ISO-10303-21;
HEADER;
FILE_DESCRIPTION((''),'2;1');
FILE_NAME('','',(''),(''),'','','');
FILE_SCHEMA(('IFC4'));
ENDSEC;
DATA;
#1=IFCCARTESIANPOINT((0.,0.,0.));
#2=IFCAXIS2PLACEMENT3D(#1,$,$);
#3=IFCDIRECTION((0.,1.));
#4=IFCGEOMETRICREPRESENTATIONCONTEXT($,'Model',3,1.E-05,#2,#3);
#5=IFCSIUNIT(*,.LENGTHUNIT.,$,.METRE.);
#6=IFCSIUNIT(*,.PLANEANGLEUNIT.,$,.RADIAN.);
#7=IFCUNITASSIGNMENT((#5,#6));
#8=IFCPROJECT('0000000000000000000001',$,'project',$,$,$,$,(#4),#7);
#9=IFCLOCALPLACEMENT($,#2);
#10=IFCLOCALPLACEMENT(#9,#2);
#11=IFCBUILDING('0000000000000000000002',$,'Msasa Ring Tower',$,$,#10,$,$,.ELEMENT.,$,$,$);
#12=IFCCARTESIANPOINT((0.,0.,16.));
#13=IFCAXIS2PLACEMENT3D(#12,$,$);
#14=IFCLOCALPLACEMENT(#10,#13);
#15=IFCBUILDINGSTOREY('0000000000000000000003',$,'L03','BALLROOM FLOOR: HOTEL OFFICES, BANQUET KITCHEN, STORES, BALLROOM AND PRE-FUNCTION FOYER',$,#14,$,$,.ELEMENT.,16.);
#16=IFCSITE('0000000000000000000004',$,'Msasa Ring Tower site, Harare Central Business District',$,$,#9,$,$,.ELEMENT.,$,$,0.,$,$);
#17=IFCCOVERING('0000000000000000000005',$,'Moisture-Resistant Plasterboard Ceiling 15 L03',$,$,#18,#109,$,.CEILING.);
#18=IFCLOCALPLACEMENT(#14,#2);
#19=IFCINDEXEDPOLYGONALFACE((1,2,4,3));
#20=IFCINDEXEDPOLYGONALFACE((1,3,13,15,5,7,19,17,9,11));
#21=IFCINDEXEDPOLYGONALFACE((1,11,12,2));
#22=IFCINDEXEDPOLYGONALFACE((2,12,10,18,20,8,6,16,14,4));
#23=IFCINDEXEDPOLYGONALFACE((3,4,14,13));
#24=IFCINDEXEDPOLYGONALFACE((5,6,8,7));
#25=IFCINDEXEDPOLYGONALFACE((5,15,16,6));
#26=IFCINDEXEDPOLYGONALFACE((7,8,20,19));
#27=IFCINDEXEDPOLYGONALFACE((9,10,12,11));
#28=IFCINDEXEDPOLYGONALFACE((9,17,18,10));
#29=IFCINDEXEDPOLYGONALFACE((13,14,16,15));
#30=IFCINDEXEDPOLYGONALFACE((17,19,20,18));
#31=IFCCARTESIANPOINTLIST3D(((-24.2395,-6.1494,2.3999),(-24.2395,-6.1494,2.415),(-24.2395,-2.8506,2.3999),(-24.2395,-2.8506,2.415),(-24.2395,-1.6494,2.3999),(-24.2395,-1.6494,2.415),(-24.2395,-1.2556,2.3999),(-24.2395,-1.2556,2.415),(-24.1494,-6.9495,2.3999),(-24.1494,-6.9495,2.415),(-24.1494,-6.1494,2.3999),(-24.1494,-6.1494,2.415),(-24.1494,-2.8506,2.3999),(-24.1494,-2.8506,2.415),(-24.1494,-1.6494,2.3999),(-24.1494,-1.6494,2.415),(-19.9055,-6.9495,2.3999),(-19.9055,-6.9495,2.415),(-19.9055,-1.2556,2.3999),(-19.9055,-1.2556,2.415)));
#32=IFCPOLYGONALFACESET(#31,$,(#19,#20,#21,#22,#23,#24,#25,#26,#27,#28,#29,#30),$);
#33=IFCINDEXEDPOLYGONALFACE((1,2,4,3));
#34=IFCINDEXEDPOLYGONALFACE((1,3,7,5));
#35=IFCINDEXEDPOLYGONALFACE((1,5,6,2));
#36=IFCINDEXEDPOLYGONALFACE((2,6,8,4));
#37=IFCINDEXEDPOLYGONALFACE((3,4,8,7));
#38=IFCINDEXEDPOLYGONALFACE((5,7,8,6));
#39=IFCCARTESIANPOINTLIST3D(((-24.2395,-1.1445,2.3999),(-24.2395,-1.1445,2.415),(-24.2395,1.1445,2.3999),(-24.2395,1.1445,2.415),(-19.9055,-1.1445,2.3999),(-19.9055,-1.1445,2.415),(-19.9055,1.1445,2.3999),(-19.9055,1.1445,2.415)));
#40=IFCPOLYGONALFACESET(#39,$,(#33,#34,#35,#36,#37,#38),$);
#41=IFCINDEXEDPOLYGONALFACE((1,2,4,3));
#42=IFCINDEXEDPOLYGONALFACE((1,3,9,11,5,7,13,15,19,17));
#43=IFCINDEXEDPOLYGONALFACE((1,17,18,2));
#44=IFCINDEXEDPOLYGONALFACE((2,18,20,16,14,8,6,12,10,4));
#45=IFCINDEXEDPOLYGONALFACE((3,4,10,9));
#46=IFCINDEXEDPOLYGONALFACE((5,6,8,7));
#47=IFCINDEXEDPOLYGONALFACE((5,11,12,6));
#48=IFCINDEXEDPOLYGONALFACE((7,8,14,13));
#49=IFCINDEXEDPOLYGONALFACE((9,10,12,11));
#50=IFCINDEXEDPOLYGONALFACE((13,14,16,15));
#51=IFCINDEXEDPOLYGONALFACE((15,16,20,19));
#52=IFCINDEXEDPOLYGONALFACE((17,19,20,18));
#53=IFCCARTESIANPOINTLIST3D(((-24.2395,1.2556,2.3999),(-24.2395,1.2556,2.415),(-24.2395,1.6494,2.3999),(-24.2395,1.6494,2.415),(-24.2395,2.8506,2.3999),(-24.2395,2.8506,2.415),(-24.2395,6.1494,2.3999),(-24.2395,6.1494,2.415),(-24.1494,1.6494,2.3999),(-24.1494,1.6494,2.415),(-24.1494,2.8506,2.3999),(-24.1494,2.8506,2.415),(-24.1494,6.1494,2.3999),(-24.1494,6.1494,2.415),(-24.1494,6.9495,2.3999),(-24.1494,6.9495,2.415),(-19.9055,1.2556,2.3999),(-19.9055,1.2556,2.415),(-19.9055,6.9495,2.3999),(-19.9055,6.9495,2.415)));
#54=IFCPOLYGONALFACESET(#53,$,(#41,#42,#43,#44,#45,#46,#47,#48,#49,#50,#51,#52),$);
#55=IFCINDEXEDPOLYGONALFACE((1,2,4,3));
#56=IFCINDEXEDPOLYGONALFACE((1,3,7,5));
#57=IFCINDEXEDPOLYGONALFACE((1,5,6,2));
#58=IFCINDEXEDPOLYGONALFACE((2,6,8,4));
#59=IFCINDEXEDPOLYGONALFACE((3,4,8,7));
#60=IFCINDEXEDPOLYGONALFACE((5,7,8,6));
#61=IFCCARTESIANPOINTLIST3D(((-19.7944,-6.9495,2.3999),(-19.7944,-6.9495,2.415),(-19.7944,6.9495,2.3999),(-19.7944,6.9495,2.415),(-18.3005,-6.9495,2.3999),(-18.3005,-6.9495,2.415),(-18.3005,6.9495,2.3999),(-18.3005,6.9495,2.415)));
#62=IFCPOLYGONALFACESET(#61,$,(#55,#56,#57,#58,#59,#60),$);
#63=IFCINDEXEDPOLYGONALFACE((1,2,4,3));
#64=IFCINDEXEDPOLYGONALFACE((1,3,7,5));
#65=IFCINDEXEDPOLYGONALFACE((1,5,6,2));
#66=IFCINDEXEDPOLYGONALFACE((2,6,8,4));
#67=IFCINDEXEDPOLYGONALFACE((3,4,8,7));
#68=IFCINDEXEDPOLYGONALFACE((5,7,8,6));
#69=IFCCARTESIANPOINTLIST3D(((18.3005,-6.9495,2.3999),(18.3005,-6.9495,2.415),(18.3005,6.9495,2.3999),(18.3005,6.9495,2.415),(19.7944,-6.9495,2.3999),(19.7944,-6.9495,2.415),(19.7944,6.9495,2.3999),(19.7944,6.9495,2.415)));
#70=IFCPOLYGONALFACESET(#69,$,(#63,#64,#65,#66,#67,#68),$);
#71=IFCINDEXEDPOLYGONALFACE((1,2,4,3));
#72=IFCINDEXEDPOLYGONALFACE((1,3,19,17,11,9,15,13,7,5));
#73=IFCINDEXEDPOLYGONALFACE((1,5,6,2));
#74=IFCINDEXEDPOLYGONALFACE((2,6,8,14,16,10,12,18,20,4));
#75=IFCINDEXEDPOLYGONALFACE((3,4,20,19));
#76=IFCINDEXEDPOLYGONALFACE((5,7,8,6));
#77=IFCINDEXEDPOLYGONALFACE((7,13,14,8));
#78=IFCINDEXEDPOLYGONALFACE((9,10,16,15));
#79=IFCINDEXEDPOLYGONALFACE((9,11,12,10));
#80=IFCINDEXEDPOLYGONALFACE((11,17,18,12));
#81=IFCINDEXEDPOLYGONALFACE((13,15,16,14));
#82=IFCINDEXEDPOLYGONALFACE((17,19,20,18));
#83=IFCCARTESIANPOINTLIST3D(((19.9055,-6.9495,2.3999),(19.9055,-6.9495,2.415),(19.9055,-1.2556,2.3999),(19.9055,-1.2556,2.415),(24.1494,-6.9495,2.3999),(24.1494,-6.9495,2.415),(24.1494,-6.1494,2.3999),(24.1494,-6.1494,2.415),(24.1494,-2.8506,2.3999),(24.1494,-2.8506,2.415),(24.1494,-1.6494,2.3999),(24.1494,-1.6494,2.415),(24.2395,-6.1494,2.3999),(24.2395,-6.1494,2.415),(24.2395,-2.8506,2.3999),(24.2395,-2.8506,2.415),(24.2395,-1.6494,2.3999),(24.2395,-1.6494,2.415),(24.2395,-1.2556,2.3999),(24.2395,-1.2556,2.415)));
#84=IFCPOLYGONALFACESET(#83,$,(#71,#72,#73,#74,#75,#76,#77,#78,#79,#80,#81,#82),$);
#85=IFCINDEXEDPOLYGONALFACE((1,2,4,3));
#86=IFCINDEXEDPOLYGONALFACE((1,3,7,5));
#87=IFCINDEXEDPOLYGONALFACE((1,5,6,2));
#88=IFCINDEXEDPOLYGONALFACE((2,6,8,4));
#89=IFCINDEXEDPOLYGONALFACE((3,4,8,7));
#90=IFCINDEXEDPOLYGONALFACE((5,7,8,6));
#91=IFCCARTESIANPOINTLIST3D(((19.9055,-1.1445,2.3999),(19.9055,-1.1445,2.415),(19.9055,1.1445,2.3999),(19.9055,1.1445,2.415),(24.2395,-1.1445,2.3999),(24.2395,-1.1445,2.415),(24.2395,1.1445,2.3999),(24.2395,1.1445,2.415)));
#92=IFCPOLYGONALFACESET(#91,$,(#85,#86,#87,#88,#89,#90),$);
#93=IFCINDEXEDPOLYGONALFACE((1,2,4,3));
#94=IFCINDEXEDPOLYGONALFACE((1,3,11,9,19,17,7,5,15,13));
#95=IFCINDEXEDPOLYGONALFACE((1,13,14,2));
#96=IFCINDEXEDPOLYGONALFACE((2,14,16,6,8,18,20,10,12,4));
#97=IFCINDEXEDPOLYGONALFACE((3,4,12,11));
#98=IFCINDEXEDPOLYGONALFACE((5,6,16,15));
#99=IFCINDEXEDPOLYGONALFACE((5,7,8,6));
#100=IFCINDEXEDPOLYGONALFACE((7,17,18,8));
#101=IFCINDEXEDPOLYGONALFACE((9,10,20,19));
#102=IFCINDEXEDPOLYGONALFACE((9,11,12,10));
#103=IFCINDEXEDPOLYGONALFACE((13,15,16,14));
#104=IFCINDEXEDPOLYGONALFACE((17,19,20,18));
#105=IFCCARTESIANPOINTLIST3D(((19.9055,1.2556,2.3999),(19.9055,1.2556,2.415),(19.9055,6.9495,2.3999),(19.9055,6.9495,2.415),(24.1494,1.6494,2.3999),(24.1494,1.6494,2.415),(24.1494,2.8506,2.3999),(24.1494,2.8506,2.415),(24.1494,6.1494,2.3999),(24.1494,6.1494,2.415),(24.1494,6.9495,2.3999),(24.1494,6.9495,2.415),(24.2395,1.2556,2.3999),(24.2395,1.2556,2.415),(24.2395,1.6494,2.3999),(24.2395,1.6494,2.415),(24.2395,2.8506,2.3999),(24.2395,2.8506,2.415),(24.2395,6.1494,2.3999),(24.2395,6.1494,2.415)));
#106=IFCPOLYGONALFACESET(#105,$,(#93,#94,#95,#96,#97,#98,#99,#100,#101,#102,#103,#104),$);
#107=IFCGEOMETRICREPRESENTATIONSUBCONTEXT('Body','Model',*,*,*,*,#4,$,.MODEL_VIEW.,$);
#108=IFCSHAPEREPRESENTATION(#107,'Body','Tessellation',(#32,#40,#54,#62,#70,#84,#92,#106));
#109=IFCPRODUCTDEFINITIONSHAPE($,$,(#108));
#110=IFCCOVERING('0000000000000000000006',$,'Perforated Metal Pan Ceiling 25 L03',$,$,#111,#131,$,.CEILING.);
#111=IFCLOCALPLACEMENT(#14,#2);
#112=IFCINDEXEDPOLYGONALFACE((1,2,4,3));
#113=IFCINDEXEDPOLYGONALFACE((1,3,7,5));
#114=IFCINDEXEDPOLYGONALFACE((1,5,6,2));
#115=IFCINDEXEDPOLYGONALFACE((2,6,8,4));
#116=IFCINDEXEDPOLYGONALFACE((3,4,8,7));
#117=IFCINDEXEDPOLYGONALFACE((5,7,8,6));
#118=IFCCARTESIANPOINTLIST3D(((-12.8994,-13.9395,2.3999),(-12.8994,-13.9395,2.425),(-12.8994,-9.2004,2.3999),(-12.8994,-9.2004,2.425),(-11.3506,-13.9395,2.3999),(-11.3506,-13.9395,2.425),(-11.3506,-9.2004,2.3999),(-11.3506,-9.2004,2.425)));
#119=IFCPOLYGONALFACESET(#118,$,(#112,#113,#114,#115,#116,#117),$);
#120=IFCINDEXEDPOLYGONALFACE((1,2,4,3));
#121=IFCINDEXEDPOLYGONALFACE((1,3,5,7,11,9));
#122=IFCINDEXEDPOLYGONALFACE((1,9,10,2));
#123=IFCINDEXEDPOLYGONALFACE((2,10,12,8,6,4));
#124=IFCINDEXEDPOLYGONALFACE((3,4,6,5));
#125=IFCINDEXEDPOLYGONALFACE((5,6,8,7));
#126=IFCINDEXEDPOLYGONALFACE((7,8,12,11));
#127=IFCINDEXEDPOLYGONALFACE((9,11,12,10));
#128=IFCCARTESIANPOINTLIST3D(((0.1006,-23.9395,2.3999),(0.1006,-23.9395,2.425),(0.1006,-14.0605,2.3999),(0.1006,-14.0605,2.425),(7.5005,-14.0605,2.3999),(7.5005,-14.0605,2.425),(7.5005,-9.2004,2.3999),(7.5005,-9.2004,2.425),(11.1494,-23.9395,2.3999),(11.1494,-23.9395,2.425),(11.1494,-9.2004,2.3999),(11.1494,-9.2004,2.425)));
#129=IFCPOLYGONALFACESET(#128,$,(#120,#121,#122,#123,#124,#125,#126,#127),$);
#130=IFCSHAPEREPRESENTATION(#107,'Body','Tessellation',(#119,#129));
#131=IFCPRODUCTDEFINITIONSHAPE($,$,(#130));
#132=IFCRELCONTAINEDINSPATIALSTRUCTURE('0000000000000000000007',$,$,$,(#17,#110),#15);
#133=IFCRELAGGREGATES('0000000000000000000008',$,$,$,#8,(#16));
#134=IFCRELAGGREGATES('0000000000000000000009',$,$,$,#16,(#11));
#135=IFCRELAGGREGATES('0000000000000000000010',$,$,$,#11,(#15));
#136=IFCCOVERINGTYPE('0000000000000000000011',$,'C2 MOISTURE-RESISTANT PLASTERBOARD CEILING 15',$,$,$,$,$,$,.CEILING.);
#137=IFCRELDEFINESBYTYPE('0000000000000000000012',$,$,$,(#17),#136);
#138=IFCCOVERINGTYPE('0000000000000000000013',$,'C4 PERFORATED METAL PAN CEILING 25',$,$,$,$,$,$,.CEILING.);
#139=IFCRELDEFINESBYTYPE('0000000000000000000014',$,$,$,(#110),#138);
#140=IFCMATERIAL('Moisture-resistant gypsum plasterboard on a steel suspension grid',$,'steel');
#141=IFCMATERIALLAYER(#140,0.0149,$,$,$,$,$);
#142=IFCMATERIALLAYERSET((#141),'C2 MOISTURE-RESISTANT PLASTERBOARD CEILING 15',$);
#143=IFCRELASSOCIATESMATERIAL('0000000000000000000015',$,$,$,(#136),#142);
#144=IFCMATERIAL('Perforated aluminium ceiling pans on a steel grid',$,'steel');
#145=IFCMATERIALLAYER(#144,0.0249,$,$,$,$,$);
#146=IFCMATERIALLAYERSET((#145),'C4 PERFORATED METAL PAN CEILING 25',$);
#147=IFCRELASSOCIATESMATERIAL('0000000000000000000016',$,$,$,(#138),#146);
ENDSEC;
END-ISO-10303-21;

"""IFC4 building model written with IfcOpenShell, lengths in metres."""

from ifc_helpers import new_model, si_unit, direction, frame, origin, place, context, subcontext, project, spatial, line, indexed_curve, outline, extrude, material, layer, layer_set, type_object, element, save


model = new_model("IFC4")

# Units and contexts
model_context = context("Model", 3, precision=1e-05, world=origin(), true_north=direction((0.0, 1.0)))
body_context = subcontext(model_context, "Body", "Model", "MODEL_VIEW")
ifc_project = project(units=[si_unit("LENGTHUNIT", "METRE"), si_unit("PLANEANGLEUNIT", "RADIAN")], contexts=[model_context])

# Site, building, storey
site_placement = place(None, origin())
site = spatial("IfcSite", under=ifc_project, at=site_placement, Name="Msasa Ring Tower site, Harare Central Business District", CompositionType="ELEMENT", RefElevation=0.0)
building_placement = place(site_placement, origin())
building = spatial("IfcBuilding", under=site, at=building_placement, Name="Msasa Ring Tower", CompositionType="ELEMENT")
storey_placement = place(building_placement, frame((0.0, 0.0, 16.0)))
storey = spatial("IfcBuildingStorey", under=building, at=storey_placement, Name="L03", Description="BALLROOM FLOOR: HOTEL OFFICES, BANQUET KITCHEN, STORES, BALLROOM AND PRE-FUNCTION FOYER", CompositionType="ELEMENT", Elevation=16.0)

# Coverings
ifc_material_1 = material(Name="Moisture-resistant gypsum plasterboard on a steel suspension grid", Category="steel")
ifc_layer_1 = layer(ifc_material_1, 0.0149)
ifc_layer_set_1 = layer_set([ifc_layer_1], Name="C2 MOISTURE-RESISTANT PLASTERBOARD CEILING 15")
covering_type_1 = type_object("IfcCoveringType", Name="C2 MOISTURE-RESISTANT PLASTERBOARD CEILING 15", PredefinedType="CEILING", material=ifc_layer_set_1)
covering_1_placement = place(storey_placement, frame((0.0, 0.0, 2.3999)))
element("IfcCovering", 1, at=covering_1_placement, inside=storey, type_object=covering_type_1, Name="Moisture-Resistant Plasterboard Ceiling 15 L03", PredefinedType="CEILING", context=body_context, shape_type="SweptSolid", body=[
    extrude(outline(indexed_curve([(-24.2395, -2.8506), (-24.1494, -2.8506), (-24.1494, -1.6494), (-24.2395, -1.6494), (-24.2395, -1.2556), (-19.9055, -1.2556), (-19.9055, -6.9495), (-24.1494, -6.9495), (-24.1494, -6.1494), (-24.2395, -6.1494)], segments=[line(1, 2, 3, 4, 5, 6, 7, 8, 9, 10, 1)], self_intersect=False)), origin(), (0.0, 0.0, 1.0), 0.0151),
    extrude(outline(indexed_curve([(-24.2395, -1.1445), (-24.2395, 1.1445), (-19.9055, 1.1445), (-19.9055, -1.1445)], segments=[line(1, 2, 3, 4, 1)], self_intersect=False)), origin(), (0.0, 0.0, 1.0), 0.0151),
    extrude(outline(indexed_curve([(-24.2395, 1.2556), (-24.2395, 1.6494), (-24.1494, 1.6494), (-24.1494, 2.8506), (-24.2395, 2.8506), (-24.2395, 6.1494), (-24.1494, 6.1494), (-24.1494, 6.9495), (-19.9055, 6.9495), (-19.9055, 1.2556)], segments=[line(1, 2, 3, 4, 5, 6, 7, 8, 9, 10, 1)], self_intersect=False)), origin(), (0.0, 0.0, 1.0), 0.0151),
    extrude(outline(indexed_curve([(-19.7944, 6.9495), (-18.3005, 6.9495), (-18.3005, -6.9495), (-19.7944, -6.9495)], segments=[line(1, 2, 3, 4, 1)], self_intersect=False)), origin(), (0.0, 0.0, 1.0), 0.0151),
    extrude(outline(indexed_curve([(18.3005, -6.9495), (18.3005, 6.9495), (19.7944, 6.9495), (19.7944, -6.9495)], segments=[line(1, 2, 3, 4, 1)], self_intersect=False)), origin(), (0.0, 0.0, 1.0), 0.0151),
    extrude(outline(indexed_curve([(19.9055, -1.2556), (24.2395, -1.2556), (24.2395, -1.6494), (24.1494, -1.6494), (24.1494, -2.8506), (24.2395, -2.8506), (24.2395, -6.1494), (24.1494, -6.1494), (24.1494, -6.9495), (19.9055, -6.9495)], segments=[line(1, 2, 3, 4, 5, 6, 7, 8, 9, 10, 1)], self_intersect=False)), origin(), (0.0, 0.0, 1.0), 0.0151),
    extrude(outline(indexed_curve([(19.9055, -1.1445), (19.9055, 1.1445), (24.2395, 1.1445), (24.2395, -1.1445)], segments=[line(1, 2, 3, 4, 1)], self_intersect=False)), origin(), (0.0, 0.0, 1.0), 0.0151),
    extrude(outline(indexed_curve([(19.9055, 1.2556), (19.9055, 6.9495), (24.1494, 6.9495), (24.1494, 6.1494), (24.2395, 6.1494), (24.2395, 2.8506), (24.1494, 2.8506), (24.1494, 1.6494), (24.2395, 1.6494), (24.2395, 1.2556)], segments=[line(1, 2, 3, 4, 5, 6, 7, 8, 9, 10, 1)], self_intersect=False)), origin(), (0.0, 0.0, 1.0), 0.0151),
])
ifc_material_2 = material(Name="Perforated aluminium ceiling pans on a steel grid", Category="steel")
ifc_layer_2 = layer(ifc_material_2, 0.0249)
ifc_layer_set_2 = layer_set([ifc_layer_2], Name="C4 PERFORATED METAL PAN CEILING 25")
covering_type_2 = type_object("IfcCoveringType", Name="C4 PERFORATED METAL PAN CEILING 25", PredefinedType="CEILING", material=ifc_layer_set_2)
covering_2_placement = place(storey_placement, frame((0.0, 0.0, 2.3999)))
element("IfcCovering", 2, at=covering_2_placement, inside=storey, type_object=covering_type_2, Name="Perforated Metal Pan Ceiling 25 L03", PredefinedType="CEILING", context=body_context, shape_type="SweptSolid", body=[
    extrude(outline(indexed_curve([(-11.3506, -9.2004), (-11.3506, -13.9395), (-12.8994, -13.9395), (-12.8994, -9.2004)], segments=[line(1, 2, 3, 4, 1)], self_intersect=False)), origin(), (0.0, 0.0, 1.0), 0.0251),
    extrude(outline(indexed_curve([(0.1006, -14.0605), (7.5005, -14.0605), (7.5005, -9.2004), (11.1494, -9.2004), (11.1494, -23.9395), (0.1006, -23.9395)], segments=[line(1, 2, 3, 4, 5, 6, 1)], self_intersect=False)), origin(), (0.0, 0.0, 1.0), 0.0251),
])

save(model, "model.ifc")
